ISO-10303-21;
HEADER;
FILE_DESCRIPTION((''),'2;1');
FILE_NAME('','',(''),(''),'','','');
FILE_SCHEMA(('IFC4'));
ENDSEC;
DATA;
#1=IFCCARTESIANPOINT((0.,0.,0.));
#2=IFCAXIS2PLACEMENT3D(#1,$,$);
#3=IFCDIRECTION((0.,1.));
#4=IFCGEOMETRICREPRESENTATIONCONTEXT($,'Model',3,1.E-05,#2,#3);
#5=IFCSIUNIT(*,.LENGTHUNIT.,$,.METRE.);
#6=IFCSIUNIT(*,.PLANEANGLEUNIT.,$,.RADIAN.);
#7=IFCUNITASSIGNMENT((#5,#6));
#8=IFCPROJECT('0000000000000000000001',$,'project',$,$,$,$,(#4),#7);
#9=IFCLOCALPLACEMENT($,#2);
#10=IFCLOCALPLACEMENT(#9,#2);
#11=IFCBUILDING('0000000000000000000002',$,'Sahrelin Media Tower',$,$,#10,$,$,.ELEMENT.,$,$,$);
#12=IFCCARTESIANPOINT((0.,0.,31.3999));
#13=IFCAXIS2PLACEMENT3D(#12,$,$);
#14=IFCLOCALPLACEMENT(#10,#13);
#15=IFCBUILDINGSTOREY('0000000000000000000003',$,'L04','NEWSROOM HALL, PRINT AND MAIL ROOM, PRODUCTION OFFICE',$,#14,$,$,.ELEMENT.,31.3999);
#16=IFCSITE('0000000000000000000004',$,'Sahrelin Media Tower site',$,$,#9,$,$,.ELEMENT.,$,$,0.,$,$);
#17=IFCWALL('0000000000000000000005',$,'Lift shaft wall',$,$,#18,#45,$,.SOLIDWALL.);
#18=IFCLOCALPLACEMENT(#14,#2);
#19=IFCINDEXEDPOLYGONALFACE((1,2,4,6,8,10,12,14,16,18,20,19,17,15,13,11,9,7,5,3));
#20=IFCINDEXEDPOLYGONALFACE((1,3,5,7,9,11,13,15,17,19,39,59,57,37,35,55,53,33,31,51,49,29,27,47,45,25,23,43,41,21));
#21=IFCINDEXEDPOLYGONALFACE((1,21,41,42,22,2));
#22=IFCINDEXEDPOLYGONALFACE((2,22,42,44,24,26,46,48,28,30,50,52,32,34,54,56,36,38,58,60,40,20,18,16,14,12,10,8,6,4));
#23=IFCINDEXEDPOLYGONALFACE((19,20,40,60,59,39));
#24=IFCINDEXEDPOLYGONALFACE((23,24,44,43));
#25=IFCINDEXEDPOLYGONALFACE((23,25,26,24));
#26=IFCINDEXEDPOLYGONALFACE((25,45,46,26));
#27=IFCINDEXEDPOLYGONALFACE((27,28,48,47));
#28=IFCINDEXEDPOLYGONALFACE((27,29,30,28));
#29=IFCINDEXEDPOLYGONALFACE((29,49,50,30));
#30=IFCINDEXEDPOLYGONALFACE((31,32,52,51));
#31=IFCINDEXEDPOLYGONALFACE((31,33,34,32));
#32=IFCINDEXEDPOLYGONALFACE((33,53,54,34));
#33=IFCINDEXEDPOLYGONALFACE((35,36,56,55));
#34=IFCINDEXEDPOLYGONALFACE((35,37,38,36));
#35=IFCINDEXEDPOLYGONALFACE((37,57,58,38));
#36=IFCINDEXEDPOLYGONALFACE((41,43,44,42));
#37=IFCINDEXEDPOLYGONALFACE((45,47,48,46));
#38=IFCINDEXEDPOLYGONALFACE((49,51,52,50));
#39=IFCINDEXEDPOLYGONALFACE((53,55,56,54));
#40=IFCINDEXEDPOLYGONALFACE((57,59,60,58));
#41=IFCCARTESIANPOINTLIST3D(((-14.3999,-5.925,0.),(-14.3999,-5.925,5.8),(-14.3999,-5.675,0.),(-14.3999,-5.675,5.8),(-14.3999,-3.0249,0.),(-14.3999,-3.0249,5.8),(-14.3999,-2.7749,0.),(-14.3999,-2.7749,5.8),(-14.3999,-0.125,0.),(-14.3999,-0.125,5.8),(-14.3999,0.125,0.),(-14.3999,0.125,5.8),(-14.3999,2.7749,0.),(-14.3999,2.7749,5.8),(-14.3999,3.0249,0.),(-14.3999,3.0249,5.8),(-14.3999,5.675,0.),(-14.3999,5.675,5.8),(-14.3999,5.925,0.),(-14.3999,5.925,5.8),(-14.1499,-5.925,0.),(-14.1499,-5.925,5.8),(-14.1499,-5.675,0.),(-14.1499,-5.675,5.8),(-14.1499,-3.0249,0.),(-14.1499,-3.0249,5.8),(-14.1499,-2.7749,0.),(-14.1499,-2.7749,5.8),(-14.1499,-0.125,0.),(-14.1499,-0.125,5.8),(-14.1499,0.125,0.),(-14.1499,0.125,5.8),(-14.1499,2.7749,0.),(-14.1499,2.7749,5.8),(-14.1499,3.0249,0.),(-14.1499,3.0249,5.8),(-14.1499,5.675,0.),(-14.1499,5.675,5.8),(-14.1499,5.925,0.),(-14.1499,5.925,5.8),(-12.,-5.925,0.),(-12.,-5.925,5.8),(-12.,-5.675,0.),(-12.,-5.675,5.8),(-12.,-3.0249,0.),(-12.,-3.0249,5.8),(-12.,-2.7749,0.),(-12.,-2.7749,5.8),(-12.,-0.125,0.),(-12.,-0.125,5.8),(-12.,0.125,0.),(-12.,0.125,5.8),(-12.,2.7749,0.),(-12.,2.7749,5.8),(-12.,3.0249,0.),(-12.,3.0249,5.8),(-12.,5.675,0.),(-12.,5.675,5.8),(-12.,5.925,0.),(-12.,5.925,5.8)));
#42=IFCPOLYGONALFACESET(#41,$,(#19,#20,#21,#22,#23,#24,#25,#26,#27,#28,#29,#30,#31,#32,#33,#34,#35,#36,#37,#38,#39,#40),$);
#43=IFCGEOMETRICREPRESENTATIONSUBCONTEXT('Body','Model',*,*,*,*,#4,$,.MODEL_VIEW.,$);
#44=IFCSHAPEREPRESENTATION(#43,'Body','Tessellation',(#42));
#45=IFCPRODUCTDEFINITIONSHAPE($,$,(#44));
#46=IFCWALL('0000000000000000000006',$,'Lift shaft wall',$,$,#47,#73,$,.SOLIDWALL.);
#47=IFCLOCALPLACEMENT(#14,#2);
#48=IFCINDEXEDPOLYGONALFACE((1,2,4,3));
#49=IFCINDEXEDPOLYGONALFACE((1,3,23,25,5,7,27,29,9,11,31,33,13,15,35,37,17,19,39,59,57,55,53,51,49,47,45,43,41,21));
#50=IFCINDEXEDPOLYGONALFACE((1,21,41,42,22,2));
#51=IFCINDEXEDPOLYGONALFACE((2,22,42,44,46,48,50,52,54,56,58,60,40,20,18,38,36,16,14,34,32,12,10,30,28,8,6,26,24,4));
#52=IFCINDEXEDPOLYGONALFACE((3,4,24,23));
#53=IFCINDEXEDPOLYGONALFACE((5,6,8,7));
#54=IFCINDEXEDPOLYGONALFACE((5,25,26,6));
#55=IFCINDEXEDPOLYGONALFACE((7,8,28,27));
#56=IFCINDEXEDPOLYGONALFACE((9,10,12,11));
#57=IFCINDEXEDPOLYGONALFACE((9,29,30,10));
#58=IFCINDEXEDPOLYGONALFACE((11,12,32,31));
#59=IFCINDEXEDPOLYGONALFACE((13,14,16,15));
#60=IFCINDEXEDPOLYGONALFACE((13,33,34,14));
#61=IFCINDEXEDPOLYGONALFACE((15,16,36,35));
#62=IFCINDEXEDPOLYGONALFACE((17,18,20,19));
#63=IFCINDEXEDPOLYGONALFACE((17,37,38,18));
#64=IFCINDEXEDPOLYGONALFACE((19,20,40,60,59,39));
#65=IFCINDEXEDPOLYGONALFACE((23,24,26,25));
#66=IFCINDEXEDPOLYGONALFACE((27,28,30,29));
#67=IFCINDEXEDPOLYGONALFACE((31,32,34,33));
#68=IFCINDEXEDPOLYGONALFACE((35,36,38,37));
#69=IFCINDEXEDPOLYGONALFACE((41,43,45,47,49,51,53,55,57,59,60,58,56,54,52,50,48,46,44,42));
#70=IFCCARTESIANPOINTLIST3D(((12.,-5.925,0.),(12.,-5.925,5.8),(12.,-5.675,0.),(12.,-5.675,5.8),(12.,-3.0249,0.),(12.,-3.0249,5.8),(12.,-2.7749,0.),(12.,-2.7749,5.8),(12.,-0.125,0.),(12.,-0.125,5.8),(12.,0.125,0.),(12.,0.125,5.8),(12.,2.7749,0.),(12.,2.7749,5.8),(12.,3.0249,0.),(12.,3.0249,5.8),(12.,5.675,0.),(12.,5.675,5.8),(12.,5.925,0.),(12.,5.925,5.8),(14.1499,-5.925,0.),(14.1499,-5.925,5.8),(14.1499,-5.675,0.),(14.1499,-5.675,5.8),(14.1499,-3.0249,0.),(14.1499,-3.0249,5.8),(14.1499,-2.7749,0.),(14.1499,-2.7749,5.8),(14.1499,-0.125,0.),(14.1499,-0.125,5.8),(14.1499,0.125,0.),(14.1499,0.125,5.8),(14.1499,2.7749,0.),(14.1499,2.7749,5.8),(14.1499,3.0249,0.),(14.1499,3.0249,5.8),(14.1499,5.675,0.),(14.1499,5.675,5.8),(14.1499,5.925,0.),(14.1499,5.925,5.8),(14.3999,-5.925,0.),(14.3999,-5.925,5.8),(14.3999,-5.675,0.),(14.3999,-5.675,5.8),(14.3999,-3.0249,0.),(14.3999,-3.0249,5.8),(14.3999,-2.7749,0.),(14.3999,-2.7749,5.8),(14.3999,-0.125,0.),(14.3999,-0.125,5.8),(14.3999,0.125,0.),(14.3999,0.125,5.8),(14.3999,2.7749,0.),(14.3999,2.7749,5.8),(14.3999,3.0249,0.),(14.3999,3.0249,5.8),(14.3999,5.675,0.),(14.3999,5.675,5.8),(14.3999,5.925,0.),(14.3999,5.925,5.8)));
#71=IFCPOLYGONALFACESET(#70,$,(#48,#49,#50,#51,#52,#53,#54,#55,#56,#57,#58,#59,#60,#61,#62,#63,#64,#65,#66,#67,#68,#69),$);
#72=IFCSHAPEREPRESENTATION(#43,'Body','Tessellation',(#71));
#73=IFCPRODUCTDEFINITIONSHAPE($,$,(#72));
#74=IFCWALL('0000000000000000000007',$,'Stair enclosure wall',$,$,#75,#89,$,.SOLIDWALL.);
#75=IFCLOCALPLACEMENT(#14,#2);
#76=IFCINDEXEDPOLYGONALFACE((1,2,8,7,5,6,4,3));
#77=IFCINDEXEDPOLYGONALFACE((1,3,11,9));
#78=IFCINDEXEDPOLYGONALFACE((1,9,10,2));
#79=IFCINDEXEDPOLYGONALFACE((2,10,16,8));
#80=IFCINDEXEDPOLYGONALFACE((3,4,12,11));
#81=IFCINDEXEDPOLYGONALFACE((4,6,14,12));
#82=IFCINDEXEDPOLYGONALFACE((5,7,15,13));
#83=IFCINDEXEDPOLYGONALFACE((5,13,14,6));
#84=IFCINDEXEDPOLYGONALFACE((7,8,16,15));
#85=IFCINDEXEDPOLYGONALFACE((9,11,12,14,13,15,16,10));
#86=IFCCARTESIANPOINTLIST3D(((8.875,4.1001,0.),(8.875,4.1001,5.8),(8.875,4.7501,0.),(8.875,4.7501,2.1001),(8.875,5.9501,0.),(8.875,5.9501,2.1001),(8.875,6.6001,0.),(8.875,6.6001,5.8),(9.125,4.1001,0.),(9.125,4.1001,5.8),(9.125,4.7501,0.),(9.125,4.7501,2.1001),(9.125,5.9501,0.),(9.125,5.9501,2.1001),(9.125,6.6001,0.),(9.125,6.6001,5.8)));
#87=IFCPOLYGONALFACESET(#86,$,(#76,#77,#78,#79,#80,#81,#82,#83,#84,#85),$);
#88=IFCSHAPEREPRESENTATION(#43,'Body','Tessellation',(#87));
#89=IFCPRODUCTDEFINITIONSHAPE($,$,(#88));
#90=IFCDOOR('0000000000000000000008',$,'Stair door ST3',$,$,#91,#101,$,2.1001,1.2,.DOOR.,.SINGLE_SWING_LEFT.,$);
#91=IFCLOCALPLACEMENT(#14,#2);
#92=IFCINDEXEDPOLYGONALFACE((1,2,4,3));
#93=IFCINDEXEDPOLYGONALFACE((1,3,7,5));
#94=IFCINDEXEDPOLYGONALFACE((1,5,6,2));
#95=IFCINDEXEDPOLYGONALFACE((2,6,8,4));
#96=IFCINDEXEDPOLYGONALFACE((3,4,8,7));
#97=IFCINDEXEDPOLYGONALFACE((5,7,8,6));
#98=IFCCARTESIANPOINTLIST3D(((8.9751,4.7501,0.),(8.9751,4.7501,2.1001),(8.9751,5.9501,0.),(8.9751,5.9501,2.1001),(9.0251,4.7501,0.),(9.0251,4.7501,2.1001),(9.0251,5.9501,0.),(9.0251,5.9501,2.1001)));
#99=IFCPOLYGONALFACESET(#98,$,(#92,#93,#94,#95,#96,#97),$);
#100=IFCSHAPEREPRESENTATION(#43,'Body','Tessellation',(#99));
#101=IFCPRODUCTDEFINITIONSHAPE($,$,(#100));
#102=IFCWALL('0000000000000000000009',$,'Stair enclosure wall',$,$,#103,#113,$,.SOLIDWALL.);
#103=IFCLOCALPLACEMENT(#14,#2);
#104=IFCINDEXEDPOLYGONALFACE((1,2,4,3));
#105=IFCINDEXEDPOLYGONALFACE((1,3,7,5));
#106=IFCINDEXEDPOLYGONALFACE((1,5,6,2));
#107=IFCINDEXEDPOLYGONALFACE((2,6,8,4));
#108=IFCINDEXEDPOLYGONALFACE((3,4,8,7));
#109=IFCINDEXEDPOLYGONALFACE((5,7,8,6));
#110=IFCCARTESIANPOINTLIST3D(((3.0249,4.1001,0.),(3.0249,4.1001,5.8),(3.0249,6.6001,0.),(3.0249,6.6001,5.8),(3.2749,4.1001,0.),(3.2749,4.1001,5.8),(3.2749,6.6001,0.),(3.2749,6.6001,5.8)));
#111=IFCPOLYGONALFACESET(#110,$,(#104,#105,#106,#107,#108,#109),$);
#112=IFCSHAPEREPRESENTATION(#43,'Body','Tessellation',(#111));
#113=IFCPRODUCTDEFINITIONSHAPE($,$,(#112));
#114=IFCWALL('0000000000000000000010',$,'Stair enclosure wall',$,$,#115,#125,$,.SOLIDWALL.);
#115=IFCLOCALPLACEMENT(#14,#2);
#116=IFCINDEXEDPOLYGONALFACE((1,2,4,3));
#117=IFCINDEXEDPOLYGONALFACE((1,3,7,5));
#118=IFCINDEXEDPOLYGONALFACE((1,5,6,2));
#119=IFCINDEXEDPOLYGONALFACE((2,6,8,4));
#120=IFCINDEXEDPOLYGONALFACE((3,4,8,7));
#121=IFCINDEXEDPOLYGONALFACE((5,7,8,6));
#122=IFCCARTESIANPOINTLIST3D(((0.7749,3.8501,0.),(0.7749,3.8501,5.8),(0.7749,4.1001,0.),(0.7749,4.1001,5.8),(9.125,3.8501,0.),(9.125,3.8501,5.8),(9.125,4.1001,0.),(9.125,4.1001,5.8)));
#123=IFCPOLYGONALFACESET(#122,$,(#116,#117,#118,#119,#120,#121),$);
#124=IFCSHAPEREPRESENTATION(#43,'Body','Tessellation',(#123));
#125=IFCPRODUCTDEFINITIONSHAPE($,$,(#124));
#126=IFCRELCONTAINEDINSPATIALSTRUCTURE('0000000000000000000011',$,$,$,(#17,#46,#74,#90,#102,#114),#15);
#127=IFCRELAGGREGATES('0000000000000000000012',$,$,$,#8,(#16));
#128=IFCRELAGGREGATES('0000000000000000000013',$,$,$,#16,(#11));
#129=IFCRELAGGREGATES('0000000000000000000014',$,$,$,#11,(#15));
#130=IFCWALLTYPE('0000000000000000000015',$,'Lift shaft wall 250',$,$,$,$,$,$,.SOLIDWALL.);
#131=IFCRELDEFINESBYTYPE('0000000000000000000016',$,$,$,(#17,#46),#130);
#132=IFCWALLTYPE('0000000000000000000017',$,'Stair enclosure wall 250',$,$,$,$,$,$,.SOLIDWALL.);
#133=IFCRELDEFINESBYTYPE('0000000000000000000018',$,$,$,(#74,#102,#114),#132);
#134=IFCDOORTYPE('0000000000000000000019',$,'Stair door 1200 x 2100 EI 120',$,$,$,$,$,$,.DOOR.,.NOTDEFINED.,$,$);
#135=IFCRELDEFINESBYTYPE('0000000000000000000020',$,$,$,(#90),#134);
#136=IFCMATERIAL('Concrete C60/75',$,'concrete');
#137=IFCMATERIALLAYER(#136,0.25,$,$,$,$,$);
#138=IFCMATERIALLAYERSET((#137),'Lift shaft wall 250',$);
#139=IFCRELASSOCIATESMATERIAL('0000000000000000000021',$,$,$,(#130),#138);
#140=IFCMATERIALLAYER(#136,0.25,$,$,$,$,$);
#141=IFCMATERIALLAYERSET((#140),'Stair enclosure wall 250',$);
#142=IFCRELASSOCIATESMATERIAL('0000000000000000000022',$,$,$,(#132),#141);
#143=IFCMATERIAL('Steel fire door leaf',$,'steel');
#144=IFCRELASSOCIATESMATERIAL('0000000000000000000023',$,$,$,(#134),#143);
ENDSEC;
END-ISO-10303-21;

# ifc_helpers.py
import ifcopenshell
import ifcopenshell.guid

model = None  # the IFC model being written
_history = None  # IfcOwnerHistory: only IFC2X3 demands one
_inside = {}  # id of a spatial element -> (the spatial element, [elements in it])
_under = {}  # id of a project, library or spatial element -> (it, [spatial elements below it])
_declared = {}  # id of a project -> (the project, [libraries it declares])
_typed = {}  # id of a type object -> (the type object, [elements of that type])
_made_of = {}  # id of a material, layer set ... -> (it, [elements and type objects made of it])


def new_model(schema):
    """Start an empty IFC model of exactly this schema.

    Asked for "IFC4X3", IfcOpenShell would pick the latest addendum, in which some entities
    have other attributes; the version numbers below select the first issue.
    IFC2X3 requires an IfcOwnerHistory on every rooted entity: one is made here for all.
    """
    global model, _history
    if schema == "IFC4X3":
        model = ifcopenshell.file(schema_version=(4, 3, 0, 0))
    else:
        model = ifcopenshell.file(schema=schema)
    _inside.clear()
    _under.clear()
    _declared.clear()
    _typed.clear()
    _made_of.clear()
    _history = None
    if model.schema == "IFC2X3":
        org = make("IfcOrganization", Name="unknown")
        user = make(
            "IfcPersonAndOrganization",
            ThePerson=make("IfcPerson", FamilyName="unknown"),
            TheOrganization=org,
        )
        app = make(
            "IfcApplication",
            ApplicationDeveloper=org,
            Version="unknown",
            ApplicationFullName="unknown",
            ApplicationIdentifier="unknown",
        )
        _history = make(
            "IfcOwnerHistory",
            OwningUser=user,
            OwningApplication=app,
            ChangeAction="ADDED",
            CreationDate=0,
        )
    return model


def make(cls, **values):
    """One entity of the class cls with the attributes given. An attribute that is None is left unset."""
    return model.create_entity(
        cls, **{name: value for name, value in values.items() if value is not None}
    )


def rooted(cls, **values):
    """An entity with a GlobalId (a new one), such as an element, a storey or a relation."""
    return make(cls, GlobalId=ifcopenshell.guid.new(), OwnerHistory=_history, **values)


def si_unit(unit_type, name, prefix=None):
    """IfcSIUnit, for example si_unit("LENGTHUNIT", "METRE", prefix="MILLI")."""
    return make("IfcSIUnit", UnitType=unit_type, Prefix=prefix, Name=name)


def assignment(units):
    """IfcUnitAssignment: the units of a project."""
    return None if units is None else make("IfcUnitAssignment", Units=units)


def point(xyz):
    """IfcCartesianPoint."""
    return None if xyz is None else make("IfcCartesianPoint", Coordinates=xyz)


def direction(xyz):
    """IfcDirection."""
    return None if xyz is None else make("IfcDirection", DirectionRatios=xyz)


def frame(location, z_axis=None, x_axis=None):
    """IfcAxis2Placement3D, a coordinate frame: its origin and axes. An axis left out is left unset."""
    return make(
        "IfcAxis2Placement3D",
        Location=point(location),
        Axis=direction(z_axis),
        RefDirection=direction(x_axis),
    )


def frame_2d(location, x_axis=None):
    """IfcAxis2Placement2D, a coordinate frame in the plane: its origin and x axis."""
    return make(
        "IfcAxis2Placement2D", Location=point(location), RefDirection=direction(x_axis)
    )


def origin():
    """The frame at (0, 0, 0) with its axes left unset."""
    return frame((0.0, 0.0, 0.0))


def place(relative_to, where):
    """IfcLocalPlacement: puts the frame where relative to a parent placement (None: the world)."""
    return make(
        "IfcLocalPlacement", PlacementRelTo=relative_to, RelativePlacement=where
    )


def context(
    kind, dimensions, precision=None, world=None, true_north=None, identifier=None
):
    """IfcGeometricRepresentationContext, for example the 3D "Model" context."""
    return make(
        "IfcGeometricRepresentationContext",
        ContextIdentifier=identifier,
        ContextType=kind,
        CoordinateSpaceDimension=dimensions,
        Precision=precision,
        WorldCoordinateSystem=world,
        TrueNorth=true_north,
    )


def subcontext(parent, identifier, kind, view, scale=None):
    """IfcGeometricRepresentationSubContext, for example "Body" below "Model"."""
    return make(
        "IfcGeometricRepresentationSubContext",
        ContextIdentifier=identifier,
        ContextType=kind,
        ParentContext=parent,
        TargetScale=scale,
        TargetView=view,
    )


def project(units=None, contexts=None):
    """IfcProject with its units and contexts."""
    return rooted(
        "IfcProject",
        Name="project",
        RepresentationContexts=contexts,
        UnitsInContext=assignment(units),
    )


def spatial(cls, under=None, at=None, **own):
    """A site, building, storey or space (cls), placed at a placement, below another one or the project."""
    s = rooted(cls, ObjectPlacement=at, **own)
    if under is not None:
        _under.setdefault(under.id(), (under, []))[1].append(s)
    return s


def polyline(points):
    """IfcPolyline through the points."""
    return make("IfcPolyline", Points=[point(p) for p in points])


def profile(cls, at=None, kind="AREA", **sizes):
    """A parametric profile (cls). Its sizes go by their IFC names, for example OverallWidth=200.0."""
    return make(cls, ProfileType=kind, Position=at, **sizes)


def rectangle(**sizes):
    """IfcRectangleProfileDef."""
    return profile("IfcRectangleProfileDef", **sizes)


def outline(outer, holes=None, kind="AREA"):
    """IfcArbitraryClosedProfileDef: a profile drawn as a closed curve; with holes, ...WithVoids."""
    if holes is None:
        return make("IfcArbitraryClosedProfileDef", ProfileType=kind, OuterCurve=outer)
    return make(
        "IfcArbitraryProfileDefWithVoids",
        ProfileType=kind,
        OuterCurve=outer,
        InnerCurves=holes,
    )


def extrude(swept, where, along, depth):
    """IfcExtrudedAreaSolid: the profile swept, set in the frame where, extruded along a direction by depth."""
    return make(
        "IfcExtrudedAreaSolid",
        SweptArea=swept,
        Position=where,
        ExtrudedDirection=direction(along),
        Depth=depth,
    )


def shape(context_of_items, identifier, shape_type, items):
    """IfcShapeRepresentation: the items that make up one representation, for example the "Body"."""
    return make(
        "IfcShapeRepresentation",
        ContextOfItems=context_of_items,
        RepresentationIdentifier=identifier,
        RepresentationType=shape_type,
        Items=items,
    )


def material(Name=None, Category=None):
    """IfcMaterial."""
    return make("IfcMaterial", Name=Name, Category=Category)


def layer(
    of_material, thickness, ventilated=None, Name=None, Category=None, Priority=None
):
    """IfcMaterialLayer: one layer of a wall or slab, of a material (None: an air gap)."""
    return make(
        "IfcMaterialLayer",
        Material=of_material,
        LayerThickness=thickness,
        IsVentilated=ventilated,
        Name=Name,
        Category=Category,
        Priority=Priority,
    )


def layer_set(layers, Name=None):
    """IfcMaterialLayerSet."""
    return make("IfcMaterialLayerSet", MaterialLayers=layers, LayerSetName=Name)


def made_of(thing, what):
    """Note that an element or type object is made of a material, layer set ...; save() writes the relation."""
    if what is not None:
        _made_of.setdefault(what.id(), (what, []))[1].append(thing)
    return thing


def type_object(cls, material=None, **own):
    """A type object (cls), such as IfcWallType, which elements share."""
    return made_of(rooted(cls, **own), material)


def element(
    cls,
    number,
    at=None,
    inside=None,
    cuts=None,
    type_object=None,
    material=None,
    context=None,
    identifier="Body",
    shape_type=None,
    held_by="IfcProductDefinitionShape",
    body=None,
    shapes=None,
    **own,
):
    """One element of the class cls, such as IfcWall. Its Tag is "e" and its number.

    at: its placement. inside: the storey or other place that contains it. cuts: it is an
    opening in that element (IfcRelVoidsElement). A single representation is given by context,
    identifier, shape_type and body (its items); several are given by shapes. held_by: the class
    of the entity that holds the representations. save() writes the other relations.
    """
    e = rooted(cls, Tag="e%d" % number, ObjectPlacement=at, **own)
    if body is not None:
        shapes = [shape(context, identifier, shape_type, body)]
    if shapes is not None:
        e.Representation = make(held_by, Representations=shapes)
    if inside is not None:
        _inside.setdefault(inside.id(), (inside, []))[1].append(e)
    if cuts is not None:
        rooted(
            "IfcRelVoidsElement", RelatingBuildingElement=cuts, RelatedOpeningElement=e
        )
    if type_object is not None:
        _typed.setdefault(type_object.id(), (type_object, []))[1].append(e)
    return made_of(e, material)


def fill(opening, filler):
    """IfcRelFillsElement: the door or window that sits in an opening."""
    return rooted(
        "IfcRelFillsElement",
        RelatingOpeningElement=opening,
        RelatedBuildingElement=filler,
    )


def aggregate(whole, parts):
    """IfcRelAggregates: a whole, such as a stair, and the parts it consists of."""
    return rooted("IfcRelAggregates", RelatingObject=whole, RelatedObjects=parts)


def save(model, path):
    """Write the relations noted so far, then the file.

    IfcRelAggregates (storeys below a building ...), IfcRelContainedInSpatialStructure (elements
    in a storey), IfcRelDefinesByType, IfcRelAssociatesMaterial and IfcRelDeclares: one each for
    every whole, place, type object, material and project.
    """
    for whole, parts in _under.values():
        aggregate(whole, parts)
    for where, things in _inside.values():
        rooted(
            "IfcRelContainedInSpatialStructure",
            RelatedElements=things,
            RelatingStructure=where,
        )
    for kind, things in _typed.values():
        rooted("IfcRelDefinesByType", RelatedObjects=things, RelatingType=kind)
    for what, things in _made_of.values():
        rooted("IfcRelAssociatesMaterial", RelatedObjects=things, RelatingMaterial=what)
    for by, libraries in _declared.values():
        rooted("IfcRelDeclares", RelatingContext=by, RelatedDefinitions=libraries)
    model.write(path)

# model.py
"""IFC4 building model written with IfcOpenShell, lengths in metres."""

from ifc_helpers import new_model, si_unit, direction, frame, frame_2d, origin, place, context, subcontext, project, spatial, polyline, rectangle, outline, extrude, material, layer, layer_set, type_object, element, fill, save


model = new_model("IFC4")

# Units and contexts
model_context = context("Model", 3, precision=1e-05, world=origin(), true_north=direction((0.0, 1.0)))
body_context = subcontext(model_context, "Body", "Model", "MODEL_VIEW")
ifc_project = project(units=[si_unit("LENGTHUNIT", "METRE"), si_unit("PLANEANGLEUNIT", "RADIAN")], contexts=[model_context])

# Site, building, storey
site_placement = place(None, origin())
site = spatial("IfcSite", under=ifc_project, at=site_placement, Name="Sahrelin Media Tower site", CompositionType="ELEMENT", RefElevation=0.0)
building_placement = place(site_placement, origin())
building = spatial("IfcBuilding", under=site, at=building_placement, Name="Sahrelin Media Tower", CompositionType="ELEMENT")
storey_placement = place(building_placement, frame((0.0, 0.0, 31.3999)))
storey = spatial("IfcBuildingStorey", under=building, at=storey_placement, Name="L04", Description="NEWSROOM HALL, PRINT AND MAIL ROOM, PRODUCTION OFFICE", CompositionType="ELEMENT", Elevation=31.3999)

# Shared definitions
placement_1 = place(storey_placement, origin())

# Shared definitions
ifc_material_1 = material(Name="Concrete C60/75", Category="concrete")
ifc_layer_1 = layer(ifc_material_1, 0.25)
ifc_layer_set_1 = layer_set([ifc_layer_1], Name="Lift shaft wall 250")
wall_type_1 = type_object("IfcWallType", Name="Lift shaft wall 250", PredefinedType="SOLIDWALL", material=ifc_layer_set_1)
ifc_material_2 = material(Name="Steel fire door leaf", Category="steel")

# Walls
element("IfcWall", 1, at=placement_1, inside=storey, type_object=wall_type_1, Name="Lift shaft wall", PredefinedType="SOLIDWALL", context=body_context, shape_type="SweptSolid", body=[
    extrude(outline(polyline([(-12.0, -5.925), (-12.0, -5.675), (-14.1499, -5.675), (-14.1499, -3.0249), (-12.0, -3.0249), (-12.0, -2.7749), (-14.1499, -2.7749), (-14.1499, -0.125), (-12.0, -0.125), (-12.0, 0.125), (-14.1499, 0.125), (-14.1499, 2.7749), (-12.0, 2.7749), (-12.0, 3.0249), (-14.1499, 3.0249), (-14.1499, 5.675), (-12.0, 5.675), (-12.0, 5.925), (-14.1499, 5.925), (-14.3999, 5.925), (-14.3999, 5.675), (-14.3999, 3.0249), (-14.3999, 2.7749), (-14.3999, 0.125), (-14.3999, -0.125), (-14.3999, -2.7749), (-14.3999, -3.0249), (-14.3999, -5.675), (-14.3999, -5.925), (-14.1499, -5.925), (-12.0, -5.925)])), origin(), (0.0, 0.0, 1.0), 5.8),
])
element("IfcWall", 2, at=placement_1, inside=storey, type_object=wall_type_1, Name="Lift shaft wall", PredefinedType="SOLIDWALL", context=body_context, shape_type="SweptSolid", body=[
    extrude(outline(polyline([(12.0, -5.675), (12.0, -5.925), (14.1499, -5.925), (14.3999, -5.925), (14.3999, -5.675), (14.3999, -3.0249), (14.3999, -2.7749), (14.3999, -0.125), (14.3999, 0.125), (14.3999, 2.7749), (14.3999, 3.0249), (14.3999, 5.675), (14.3999, 5.925), (14.1499, 5.925), (12.0, 5.925), (12.0, 5.675), (14.1499, 5.675), (14.1499, 3.0249), (12.0, 3.0249), (12.0, 2.7749), (14.1499, 2.7749), (14.1499, 0.125), (12.0, 0.125), (12.0, -0.125), (14.1499, -0.125), (14.1499, -2.7749), (12.0, -2.7749), (12.0, -3.0249), (14.1499, -3.0249), (14.1499, -5.675), (12.0, -5.675)])), origin(), (0.0, 0.0, 1.0), 5.8),
])

# Wall, opening, door
ifc_layer_2 = layer(ifc_material_1, 0.25)
ifc_layer_set_2 = layer_set([ifc_layer_2], Name="Stair enclosure wall 250")
wall_type_2 = type_object("IfcWallType", Name="Stair enclosure wall 250", PredefinedType="SOLIDWALL", material=ifc_layer_set_2)
wall_1_placement = place(storey_placement, frame((9.0, 4.1001, 0.0), z_axis=(0.0, 0.0, 1.0), x_axis=(0.0, 1.0, 0.0)))
wall_1 = element("IfcWall", 3, at=wall_1_placement, inside=storey, type_object=wall_type_2, Name="Stair enclosure wall", PredefinedType="SOLIDWALL", context=body_context, shape_type="SweptSolid", body=[
    extrude(rectangle(XDim=2.5, YDim=0.25, at=frame_2d((1.25, 0.0))), origin(), (0.0, 0.0, 1.0), 5.8),
])
opening_1_placement = place(wall_1_placement, frame((0.6499, 0.0, 0.0)))
opening_1 = element("IfcOpeningElement", 4, at=opening_1_placement, cuts=wall_1, PredefinedType="OPENING", context=body_context, shape_type="SweptSolid", body=[
    extrude(rectangle(XDim=1.2, YDim=2.1001, at=frame_2d((0.6001, 1.05))), frame((0.0, 0.125, 0.0), z_axis=(0.0, -1.0, 0.0), x_axis=(1.0, 0.0, 0.0)), (0.0, 0.0, 1.0), 0.25),
])
door_type_1 = type_object("IfcDoorType", Name="Stair door 1200 x 2100 EI 120", OperationType="NOTDEFINED", PredefinedType="DOOR", material=ifc_material_2)
door_1_placement = place(opening_1_placement, origin())
door_1 = element("IfcDoor", 5, at=door_1_placement, inside=storey, type_object=door_type_1, Name="Stair door ST3", OperationType="SINGLE_SWING_LEFT", OverallHeight=2.1001, OverallWidth=1.2, PredefinedType="DOOR", context=body_context, shape_type="SweptSolid", body=[
    extrude(rectangle(XDim=1.2, YDim=2.1001, at=frame_2d((0.6001, 1.05))), frame((0.0, 0.0249, 0.0), z_axis=(0.0, -1.0, 0.0), x_axis=(1.0, 0.0, 0.0)), (0.0, 0.0, 1.0), 0.05),
])
fill(opening_1, door_1)

# Walls
wall_2_placement = place(storey_placement, frame((3.1499, 4.1001, 0.0), z_axis=(0.0, 0.0, 1.0), x_axis=(0.0, 1.0, 0.0)))
element("IfcWall", 6, at=wall_2_placement, inside=storey, type_object=wall_type_2, Name="Stair enclosure wall", PredefinedType="SOLIDWALL", context=body_context, shape_type="SweptSolid", body=[
    extrude(rectangle(XDim=2.5, YDim=0.25, at=frame_2d((1.25, 0.0))), origin(), (0.0, 0.0, 1.0), 5.8),
])
wall_3_placement = place(storey_placement, frame((0.7749, 3.9751, 0.0), z_axis=(0.0, 0.0, 1.0), x_axis=(1.0, 0.0, 0.0)))
element("IfcWall", 7, at=wall_3_placement, inside=storey, type_object=wall_type_2, Name="Stair enclosure wall", PredefinedType="SOLIDWALL", context=body_context, shape_type="SweptSolid", body=[
    extrude(rectangle(XDim=8.3501, YDim=0.25, at=frame_2d((4.175, 0.0))), origin(), (0.0, 0.0, 1.0), 5.8),
])

save(model, "model.ifc")
